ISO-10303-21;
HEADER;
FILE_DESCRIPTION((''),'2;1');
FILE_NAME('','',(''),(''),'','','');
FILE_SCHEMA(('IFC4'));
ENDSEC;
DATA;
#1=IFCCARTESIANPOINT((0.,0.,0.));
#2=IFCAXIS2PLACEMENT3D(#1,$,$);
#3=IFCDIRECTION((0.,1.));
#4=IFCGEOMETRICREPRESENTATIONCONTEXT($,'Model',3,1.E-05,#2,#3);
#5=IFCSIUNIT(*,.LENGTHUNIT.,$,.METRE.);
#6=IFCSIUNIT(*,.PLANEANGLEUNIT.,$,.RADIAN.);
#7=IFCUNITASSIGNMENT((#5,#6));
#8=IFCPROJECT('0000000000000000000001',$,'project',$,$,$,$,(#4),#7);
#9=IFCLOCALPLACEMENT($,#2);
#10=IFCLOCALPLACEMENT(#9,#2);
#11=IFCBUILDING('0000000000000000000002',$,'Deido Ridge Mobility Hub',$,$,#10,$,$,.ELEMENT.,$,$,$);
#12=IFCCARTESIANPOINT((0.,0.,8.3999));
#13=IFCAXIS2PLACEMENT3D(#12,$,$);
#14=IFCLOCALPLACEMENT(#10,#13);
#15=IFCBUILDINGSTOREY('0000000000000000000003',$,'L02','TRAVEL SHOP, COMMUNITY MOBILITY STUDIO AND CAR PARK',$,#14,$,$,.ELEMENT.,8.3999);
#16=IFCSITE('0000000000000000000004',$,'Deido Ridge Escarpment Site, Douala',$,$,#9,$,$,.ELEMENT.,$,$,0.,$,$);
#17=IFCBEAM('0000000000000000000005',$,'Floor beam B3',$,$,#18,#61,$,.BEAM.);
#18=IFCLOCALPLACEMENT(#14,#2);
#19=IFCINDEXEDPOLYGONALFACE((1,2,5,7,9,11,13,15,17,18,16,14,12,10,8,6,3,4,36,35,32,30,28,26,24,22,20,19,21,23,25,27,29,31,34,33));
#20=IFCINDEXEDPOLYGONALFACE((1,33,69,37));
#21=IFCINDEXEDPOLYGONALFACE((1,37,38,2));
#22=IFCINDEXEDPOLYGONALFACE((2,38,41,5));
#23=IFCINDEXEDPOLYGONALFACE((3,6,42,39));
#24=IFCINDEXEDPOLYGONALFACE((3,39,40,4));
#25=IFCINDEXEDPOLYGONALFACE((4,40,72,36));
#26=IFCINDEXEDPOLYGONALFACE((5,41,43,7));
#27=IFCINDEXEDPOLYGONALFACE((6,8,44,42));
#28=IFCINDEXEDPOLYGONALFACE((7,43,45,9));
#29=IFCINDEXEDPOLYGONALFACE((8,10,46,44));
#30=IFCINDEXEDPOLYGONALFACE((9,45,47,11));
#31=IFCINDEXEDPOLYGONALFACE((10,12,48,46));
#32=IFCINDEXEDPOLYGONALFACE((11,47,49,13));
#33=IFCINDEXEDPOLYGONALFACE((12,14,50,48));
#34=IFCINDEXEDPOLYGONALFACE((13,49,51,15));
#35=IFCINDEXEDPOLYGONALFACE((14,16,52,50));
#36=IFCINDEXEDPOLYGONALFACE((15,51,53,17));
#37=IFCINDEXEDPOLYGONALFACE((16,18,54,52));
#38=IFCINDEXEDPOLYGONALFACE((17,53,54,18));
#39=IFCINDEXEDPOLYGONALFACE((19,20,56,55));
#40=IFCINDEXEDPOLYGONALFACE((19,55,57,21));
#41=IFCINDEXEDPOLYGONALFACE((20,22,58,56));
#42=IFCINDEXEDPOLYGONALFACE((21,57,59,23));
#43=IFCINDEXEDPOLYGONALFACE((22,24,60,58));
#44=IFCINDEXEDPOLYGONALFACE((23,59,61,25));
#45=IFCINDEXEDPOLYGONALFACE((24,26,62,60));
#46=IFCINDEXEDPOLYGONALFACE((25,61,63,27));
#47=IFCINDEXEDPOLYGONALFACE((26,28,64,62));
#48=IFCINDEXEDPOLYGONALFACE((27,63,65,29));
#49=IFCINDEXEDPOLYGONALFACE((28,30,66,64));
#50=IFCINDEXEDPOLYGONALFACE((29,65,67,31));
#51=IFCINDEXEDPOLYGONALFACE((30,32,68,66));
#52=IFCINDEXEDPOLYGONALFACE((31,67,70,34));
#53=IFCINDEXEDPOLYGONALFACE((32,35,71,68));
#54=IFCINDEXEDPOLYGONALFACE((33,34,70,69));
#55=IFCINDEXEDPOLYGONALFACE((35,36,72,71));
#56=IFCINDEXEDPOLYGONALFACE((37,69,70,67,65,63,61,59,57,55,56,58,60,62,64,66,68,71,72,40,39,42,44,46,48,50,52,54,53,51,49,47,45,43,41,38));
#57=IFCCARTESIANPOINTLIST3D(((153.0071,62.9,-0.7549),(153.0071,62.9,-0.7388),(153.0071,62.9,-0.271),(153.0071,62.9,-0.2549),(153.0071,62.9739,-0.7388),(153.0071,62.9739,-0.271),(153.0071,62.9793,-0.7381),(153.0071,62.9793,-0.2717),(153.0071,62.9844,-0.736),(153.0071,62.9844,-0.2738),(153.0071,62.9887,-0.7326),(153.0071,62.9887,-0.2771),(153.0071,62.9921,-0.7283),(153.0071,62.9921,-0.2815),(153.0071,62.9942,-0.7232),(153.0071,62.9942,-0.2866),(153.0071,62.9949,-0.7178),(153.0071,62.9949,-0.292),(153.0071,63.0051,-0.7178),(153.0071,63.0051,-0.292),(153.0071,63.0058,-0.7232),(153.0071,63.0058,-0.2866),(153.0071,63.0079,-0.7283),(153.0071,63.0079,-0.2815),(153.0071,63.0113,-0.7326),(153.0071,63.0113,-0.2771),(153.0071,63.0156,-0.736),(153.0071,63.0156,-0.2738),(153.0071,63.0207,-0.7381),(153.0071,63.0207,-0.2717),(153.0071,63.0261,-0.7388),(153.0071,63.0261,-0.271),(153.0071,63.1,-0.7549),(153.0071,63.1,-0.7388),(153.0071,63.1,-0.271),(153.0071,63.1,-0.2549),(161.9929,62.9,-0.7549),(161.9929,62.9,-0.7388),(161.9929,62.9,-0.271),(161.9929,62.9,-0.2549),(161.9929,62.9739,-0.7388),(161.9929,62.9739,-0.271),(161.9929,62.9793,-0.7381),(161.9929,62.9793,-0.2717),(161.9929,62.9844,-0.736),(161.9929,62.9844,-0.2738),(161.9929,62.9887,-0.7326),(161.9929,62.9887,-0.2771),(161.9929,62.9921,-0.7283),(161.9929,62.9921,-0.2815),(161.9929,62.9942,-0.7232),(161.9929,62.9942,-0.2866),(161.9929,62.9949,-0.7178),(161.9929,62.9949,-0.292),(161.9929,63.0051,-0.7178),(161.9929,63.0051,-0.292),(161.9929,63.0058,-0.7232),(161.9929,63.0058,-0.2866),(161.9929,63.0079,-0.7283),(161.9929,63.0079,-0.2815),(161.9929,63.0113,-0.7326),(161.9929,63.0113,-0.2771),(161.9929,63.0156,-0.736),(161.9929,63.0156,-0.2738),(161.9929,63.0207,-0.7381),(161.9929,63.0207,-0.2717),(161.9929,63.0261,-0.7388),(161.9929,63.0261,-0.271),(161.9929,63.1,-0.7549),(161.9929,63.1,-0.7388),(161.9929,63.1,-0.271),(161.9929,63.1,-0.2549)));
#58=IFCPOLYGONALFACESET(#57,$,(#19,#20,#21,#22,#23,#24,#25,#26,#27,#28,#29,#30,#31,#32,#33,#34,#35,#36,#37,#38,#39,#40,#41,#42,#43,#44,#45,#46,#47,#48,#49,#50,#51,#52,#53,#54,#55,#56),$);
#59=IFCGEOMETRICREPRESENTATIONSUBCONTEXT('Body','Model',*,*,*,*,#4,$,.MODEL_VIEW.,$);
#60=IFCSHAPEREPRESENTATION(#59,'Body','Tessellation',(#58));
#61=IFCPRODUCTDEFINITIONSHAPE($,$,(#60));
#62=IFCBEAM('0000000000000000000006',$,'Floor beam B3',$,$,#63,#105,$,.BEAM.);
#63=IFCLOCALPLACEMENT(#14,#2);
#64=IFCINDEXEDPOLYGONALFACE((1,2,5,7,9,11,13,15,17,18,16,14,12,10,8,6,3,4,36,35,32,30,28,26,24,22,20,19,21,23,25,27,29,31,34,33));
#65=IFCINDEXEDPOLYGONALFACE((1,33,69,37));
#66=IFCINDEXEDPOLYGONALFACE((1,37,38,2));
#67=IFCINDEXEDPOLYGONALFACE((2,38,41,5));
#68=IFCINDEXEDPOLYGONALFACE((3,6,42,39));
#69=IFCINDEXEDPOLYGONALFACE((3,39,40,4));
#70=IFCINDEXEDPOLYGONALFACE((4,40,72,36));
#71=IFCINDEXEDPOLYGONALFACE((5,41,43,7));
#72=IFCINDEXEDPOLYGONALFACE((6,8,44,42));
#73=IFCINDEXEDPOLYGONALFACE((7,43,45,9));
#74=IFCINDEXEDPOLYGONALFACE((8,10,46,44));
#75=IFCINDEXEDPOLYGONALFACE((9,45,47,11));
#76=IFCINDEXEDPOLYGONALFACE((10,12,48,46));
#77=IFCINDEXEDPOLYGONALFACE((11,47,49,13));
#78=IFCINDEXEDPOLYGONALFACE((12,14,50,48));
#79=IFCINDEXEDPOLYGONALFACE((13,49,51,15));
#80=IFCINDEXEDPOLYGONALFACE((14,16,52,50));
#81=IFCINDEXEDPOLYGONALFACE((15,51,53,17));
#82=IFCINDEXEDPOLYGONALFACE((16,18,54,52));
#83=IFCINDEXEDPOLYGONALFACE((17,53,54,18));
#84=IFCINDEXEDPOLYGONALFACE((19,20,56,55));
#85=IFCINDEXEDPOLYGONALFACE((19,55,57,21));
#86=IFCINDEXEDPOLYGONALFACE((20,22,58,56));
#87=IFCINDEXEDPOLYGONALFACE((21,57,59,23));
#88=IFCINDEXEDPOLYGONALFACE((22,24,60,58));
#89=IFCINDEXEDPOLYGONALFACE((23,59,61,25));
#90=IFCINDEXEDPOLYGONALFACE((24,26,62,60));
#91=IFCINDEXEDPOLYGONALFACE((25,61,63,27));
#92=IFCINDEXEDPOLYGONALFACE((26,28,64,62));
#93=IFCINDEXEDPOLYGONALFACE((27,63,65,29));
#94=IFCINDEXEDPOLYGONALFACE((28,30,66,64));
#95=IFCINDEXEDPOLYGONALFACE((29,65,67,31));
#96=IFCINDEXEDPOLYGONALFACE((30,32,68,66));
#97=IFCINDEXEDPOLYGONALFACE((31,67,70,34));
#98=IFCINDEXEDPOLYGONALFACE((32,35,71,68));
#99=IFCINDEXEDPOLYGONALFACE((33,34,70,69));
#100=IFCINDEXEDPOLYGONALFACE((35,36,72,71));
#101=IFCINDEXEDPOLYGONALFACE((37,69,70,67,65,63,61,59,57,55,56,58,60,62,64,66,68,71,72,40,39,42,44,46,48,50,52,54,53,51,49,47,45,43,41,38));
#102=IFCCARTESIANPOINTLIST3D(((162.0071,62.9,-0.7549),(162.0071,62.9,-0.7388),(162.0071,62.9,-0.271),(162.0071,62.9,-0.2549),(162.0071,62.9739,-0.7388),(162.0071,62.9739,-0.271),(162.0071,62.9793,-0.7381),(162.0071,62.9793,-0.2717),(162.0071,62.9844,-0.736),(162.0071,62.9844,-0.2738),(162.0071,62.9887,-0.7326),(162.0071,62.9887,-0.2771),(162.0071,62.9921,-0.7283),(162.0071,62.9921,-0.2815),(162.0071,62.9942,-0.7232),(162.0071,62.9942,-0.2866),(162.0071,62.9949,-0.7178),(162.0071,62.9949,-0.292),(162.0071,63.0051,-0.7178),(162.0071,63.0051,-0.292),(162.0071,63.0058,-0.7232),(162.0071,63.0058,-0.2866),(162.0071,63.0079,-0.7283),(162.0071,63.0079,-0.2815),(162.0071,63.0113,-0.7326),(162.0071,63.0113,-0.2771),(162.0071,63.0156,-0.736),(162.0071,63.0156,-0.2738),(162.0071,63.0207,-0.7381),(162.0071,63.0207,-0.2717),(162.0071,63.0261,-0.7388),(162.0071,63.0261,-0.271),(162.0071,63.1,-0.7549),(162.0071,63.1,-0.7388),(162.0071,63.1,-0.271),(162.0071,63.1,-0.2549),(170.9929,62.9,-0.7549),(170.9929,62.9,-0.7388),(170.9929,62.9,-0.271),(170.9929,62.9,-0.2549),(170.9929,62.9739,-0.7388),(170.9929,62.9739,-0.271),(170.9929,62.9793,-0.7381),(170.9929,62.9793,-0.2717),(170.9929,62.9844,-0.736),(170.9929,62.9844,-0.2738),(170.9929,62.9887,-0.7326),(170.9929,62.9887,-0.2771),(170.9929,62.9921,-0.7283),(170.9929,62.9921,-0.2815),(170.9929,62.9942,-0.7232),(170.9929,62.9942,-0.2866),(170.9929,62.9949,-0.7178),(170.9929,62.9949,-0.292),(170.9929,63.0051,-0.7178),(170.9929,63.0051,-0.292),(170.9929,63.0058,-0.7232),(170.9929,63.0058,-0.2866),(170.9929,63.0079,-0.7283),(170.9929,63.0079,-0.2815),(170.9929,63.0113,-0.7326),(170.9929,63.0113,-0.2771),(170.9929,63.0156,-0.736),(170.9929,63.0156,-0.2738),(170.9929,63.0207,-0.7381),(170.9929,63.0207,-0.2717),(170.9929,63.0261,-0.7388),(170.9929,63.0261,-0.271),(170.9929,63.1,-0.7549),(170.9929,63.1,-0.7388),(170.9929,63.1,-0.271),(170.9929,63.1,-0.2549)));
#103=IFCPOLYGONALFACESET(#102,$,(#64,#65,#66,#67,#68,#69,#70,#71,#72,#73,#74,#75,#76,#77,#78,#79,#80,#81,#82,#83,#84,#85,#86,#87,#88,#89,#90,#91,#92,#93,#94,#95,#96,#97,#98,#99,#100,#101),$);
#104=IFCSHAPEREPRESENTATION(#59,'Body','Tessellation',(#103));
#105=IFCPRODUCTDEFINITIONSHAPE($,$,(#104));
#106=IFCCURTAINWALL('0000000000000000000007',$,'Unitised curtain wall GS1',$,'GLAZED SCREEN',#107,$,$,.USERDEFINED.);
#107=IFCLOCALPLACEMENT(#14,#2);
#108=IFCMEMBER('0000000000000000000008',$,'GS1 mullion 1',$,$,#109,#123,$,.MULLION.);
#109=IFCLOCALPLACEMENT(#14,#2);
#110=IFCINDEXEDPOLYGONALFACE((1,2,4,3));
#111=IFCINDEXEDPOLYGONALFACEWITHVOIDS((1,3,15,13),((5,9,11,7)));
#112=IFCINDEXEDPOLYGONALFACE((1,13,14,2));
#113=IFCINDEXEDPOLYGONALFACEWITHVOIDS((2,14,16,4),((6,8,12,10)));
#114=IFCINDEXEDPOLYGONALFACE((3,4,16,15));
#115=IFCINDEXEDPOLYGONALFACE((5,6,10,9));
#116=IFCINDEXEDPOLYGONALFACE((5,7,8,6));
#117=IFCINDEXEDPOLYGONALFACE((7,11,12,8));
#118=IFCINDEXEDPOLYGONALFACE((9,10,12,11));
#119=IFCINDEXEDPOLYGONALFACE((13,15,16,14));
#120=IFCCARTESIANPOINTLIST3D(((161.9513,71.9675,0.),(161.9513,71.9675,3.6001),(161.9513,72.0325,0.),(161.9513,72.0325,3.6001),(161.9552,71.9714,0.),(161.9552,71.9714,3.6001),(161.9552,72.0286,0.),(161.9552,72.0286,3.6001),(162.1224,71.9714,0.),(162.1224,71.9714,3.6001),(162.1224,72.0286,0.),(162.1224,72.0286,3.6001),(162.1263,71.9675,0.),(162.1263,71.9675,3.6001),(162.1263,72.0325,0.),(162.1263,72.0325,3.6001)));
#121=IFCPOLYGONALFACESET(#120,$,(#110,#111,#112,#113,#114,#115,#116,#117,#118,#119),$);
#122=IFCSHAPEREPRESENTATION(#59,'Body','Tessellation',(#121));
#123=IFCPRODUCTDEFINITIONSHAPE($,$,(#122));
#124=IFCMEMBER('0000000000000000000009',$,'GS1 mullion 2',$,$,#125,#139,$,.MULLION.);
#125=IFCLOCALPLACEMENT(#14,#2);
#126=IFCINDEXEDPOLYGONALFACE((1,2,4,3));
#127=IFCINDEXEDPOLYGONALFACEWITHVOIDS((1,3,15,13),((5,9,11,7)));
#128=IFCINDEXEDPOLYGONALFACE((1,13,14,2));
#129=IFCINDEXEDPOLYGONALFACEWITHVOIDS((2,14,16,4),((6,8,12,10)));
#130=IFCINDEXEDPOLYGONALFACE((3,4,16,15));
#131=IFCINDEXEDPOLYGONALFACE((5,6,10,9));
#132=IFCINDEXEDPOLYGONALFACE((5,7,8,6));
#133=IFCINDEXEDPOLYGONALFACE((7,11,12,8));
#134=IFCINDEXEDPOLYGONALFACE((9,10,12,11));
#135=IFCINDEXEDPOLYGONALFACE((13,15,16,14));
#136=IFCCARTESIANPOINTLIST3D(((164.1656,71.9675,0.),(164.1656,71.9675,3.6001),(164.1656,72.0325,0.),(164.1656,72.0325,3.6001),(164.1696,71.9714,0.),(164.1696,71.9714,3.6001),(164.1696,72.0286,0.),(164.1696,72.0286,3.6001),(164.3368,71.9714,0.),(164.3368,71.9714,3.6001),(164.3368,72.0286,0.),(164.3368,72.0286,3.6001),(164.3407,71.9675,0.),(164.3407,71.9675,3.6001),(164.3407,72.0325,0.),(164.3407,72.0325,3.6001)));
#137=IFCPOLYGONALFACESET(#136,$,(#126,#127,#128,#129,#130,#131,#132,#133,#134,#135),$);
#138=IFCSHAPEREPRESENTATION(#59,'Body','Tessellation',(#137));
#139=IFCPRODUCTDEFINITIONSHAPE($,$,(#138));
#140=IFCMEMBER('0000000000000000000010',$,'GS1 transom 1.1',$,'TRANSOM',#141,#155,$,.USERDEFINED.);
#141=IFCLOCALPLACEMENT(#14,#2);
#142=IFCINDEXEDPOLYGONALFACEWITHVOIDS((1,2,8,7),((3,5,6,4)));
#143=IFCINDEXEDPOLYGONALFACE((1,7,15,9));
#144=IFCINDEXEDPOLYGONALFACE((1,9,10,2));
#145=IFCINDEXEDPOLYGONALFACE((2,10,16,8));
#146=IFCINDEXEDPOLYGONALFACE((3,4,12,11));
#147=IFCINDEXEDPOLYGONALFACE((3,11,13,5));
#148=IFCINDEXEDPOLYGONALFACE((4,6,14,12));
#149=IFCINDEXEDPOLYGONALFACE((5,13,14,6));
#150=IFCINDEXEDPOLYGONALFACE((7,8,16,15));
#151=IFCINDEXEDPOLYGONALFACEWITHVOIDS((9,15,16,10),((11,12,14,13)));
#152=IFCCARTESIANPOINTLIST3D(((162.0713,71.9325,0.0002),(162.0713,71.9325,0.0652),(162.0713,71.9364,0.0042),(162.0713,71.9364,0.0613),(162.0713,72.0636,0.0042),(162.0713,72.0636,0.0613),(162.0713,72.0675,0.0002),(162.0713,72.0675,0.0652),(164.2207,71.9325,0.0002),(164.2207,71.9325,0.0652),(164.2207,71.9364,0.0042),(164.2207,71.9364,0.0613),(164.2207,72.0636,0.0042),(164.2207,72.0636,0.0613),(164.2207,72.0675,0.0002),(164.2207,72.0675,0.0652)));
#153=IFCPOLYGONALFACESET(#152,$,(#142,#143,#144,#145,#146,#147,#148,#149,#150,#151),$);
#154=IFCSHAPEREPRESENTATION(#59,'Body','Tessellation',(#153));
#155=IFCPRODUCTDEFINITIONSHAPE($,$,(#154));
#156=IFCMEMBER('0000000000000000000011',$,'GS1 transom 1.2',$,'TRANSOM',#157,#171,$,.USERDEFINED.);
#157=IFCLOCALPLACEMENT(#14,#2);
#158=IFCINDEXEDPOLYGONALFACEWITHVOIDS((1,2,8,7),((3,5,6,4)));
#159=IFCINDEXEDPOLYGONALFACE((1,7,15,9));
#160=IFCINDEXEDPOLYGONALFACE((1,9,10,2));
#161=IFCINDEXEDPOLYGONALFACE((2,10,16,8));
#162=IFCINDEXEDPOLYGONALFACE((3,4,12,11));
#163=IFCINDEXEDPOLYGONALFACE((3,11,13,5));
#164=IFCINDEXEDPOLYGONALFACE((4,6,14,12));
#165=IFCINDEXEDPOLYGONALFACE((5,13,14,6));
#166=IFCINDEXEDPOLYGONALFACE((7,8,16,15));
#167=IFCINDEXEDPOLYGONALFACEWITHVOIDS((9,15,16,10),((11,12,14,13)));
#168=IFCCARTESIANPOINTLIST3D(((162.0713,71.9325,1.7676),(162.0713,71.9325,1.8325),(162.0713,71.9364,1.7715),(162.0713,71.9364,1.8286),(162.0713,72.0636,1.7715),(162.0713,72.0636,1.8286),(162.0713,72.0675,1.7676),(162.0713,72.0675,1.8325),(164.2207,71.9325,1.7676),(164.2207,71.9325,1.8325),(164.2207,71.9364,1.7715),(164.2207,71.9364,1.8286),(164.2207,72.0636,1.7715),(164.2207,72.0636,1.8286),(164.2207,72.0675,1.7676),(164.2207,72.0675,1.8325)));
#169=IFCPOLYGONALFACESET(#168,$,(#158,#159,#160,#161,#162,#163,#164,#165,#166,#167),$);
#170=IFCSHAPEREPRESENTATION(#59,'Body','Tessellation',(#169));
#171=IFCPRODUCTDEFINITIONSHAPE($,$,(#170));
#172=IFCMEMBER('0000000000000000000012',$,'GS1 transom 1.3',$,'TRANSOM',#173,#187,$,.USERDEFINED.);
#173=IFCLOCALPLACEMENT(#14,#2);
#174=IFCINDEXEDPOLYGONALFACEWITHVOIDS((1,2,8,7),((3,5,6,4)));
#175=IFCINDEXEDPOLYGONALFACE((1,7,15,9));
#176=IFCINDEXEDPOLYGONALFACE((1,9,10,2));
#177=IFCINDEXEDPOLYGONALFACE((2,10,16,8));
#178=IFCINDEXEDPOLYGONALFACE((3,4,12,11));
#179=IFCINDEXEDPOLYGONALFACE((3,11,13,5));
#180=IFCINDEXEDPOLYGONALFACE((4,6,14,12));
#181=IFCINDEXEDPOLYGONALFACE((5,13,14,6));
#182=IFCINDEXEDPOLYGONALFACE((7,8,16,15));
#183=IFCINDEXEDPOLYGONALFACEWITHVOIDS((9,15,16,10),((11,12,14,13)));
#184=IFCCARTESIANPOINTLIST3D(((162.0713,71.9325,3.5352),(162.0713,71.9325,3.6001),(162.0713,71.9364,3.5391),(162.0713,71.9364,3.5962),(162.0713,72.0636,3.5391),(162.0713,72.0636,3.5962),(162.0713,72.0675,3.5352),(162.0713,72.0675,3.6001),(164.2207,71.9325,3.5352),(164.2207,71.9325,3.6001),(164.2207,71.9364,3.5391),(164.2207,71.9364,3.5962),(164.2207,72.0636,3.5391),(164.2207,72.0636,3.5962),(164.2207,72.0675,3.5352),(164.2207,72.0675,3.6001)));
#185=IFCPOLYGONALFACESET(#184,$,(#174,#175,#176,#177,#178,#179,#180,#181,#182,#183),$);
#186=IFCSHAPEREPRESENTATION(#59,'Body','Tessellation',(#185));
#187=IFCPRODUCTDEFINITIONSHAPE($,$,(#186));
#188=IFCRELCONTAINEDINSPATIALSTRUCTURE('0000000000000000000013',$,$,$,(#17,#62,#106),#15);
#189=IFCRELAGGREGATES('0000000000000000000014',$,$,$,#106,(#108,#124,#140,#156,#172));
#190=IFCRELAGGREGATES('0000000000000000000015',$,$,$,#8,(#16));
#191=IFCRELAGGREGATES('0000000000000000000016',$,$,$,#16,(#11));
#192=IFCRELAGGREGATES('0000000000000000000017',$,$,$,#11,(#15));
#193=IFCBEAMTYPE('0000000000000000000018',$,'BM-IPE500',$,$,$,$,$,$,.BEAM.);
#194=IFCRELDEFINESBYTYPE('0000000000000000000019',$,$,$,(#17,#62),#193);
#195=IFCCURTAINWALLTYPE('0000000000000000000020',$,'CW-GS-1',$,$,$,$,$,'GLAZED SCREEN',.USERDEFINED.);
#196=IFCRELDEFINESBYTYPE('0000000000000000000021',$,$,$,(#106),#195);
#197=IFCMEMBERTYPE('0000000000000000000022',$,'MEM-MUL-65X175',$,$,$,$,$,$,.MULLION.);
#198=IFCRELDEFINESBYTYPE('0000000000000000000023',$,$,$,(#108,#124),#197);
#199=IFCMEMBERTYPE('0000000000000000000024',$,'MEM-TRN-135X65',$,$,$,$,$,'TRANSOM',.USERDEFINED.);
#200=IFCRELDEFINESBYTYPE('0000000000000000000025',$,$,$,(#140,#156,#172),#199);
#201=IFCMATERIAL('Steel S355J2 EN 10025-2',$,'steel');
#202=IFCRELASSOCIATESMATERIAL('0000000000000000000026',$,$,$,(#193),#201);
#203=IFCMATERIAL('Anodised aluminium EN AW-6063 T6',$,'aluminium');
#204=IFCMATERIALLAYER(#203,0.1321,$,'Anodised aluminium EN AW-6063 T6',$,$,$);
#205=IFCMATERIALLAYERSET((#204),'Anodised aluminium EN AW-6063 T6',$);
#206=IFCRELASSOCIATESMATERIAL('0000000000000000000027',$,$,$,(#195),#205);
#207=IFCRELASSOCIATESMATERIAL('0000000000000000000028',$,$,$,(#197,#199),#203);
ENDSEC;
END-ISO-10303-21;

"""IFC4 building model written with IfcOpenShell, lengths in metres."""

from ifc_helpers import new_model, si_unit, direction, frame, origin, origin_2d, place, context, subcontext, project, spatial, hollow_rectangle, i_section, extrude, material, layer, layer_set, material_profile, profile_set, type_object, element, aggregate, save


model = new_model("IFC4")

# Units and contexts
model_context = context("Model", 3, precision=1e-05, world=origin(), true_north=direction((0.0, 1.0)))
body_context = subcontext(model_context, "Body", "Model", "MODEL_VIEW")
ifc_project = project(units=[si_unit("LENGTHUNIT", "METRE"), si_unit("PLANEANGLEUNIT", "RADIAN")], contexts=[model_context])

# Site, building, storey
site_placement = place(None, origin())
site = spatial("IfcSite", under=ifc_project, at=site_placement, Name="Deido Ridge Escarpment Site, Douala", CompositionType="ELEMENT", RefElevation=0.0)
building_placement = place(site_placement, origin())
building = spatial("IfcBuilding", under=site, at=building_placement, Name="Deido Ridge Mobility Hub", CompositionType="ELEMENT")
storey_placement = place(building_placement, frame((0.0, 0.0, 8.3999)))
storey = spatial("IfcBuildingStorey", under=building, at=storey_placement, Name="L02", Description="TRAVEL SHOP, COMMUNITY MOBILITY STUDIO AND CAR PARK", CompositionType="ELEMENT", Elevation=8.3999)

# Shared definitions
ifc_material_1 = material(Name="Steel S355J2 EN 10025-2", Category="steel")

# Beams
ifc_material_profile_1 = material_profile(ifc_material_1, i_section(OverallWidth=0.2, OverallDepth=0.5, WebThickness=0.0103, FlangeThickness=0.0161, FilletRadius=0.021, at=origin_2d()), Name="IPE 500")
ifc_profile_set_1 = profile_set([ifc_material_profile_1], Name="Steel S355J2 EN 10025-2")
beam_type_1 = type_object("IfcBeamType", Name="BM-IPE500", PredefinedType="BEAM", material=ifc_profile_set_1)
for number, where, z_axis, x_axis, name in (
    (1, (153.0071, 63.0, -0.5049), (1.0, 0.0, 0.0), (0.0, 1.0, 0.0), "Floor beam B3"),
    (2, (162.0071, 63.0, -0.5049), (1.0, 0.0, 0.0), (0.0, 1.0, 0.0), "Floor beam B3"),
):
    element("IfcBeam", number, at=place(storey_placement, frame(where, z_axis=z_axis, x_axis=x_axis)), inside=storey, type_object=beam_type_1, Name=name, PredefinedType="BEAM", context=body_context, shape_type="SweptSolid", body=[
        extrude(i_section(OverallWidth=0.2, OverallDepth=0.5, WebThickness=0.0103, FlangeThickness=0.0161, FilletRadius=0.021, at=origin_2d()), origin(), (0.0, 0.0, 1.0), 8.9858),
    ])

# Curtain wall, members
ifc_material_2 = material(Name="Anodised aluminium EN AW-6063 T6", Category="aluminium")
ifc_layer_1 = layer(ifc_material_2, 0.1321, Name="Anodised aluminium EN AW-6063 T6")
ifc_layer_set_1 = layer_set([ifc_layer_1], Name="Anodised aluminium EN AW-6063 T6")
curtain_wall_type = type_object("IfcCurtainWallType", Name="CW-GS-1", ElementType="GLAZED SCREEN", PredefinedType="USERDEFINED", material=ifc_layer_set_1)
curtain_wall_placement = place(storey_placement, origin())
curtain_wall = element("IfcCurtainWall", 3, at=curtain_wall_placement, inside=storey, type_object=curtain_wall_type, Name="Unitised curtain wall GS1", ObjectType="GLAZED SCREEN", PredefinedType="USERDEFINED")
ifc_material_profile_2 = material_profile(ifc_material_2, hollow_rectangle(XDim=0.0649, YDim=0.175, WallThickness=0.0039, at=origin_2d()), Name="RHS 65x175x4")
ifc_profile_set_2 = profile_set([ifc_material_profile_2], Name="Anodised aluminium EN AW-6063 T6")
member_type_1 = type_object("IfcMemberType", Name="MEM-MUL-65X175", PredefinedType="MULLION", material=ifc_profile_set_2)
member_1_placement = place(storey_placement, frame((162.0388, 72.0, 0.0), z_axis=(0.0, 0.0, 1.0), x_axis=(0.0, 1.0, 0.0)))
member_1 = element("IfcMember", 4, at=member_1_placement, type_object=member_type_1, Name="GS1 mullion 1", PredefinedType="MULLION", context=body_context, shape_type="SweptSolid", body=[
    extrude(hollow_rectangle(XDim=0.0649, YDim=0.175, WallThickness=0.0039, at=origin_2d()), origin(), (0.0, 0.0, 1.0), 3.6001),
])
member_2_placement = place(storey_placement, frame((164.2532, 72.0, 0.0), z_axis=(0.0, 0.0, 1.0), x_axis=(0.0, 1.0, 0.0)))
member_2 = element("IfcMember", 5, at=member_2_placement, type_object=member_type_1, Name="GS1 mullion 2", PredefinedType="MULLION", context=body_context, shape_type="SweptSolid", body=[
    extrude(hollow_rectangle(XDim=0.0649, YDim=0.175, WallThickness=0.0039, at=origin_2d()), origin(), (0.0, 0.0, 1.0), 3.6001),
])
ifc_material_profile_3 = material_profile(ifc_material_2, hollow_rectangle(XDim=0.135, YDim=0.0649, WallThickness=0.0039, at=origin_2d()), Name="RHS 135x65x4")
ifc_profile_set_3 = profile_set([ifc_material_profile_3], Name="Anodised aluminium EN AW-6063 T6")
member_type_2 = type_object("IfcMemberType", Name="MEM-TRN-135X65", ElementType="TRANSOM", PredefinedType="USERDEFINED", material=ifc_profile_set_3)
member_3_placement = place(storey_placement, frame((162.0713, 72.0, 0.0327), z_axis=(1.0, 0.0, 0.0), x_axis=(0.0, 1.0, 0.0)))
member_3 = element("IfcMember", 6, at=member_3_placement, type_object=member_type_2, Name="GS1 transom 1.1", ObjectType="TRANSOM", PredefinedType="USERDEFINED", context=body_context, shape_type="SweptSolid", body=[
    extrude(hollow_rectangle(XDim=0.135, YDim=0.0649, WallThickness=0.0039, at=origin_2d()), origin(), (0.0, 0.0, 1.0), 2.1494),
])
member_4_placement = place(storey_placement, frame((162.0713, 72.0, 1.8), z_axis=(1.0, 0.0, 0.0), x_axis=(0.0, 1.0, 0.0)))
member_4 = element("IfcMember", 7, at=member_4_placement, type_object=member_type_2, Name="GS1 transom 1.2", ObjectType="TRANSOM", PredefinedType="USERDEFINED", context=body_context, shape_type="SweptSolid", body=[
    extrude(hollow_rectangle(XDim=0.135, YDim=0.0649, WallThickness=0.0039, at=origin_2d()), origin(), (0.0, 0.0, 1.0), 2.1494),
])
member_5_placement = place(storey_placement, frame((162.0713, 72.0, 3.5676), z_axis=(1.0, 0.0, 0.0), x_axis=(0.0, 1.0, 0.0)))
member_5 = element("IfcMember", 8, at=member_5_placement, type_object=member_type_2, Name="GS1 transom 1.3", ObjectType="TRANSOM", PredefinedType="USERDEFINED", context=body_context, shape_type="SweptSolid", body=[
    extrude(hollow_rectangle(XDim=0.135, YDim=0.0649, WallThickness=0.0039, at=origin_2d()), origin(), (0.0, 0.0, 1.0), 2.1494),
])

aggregate(curtain_wall, [member_1, member_2, member_3, member_4, member_5])

save(model, "model.ifc")
